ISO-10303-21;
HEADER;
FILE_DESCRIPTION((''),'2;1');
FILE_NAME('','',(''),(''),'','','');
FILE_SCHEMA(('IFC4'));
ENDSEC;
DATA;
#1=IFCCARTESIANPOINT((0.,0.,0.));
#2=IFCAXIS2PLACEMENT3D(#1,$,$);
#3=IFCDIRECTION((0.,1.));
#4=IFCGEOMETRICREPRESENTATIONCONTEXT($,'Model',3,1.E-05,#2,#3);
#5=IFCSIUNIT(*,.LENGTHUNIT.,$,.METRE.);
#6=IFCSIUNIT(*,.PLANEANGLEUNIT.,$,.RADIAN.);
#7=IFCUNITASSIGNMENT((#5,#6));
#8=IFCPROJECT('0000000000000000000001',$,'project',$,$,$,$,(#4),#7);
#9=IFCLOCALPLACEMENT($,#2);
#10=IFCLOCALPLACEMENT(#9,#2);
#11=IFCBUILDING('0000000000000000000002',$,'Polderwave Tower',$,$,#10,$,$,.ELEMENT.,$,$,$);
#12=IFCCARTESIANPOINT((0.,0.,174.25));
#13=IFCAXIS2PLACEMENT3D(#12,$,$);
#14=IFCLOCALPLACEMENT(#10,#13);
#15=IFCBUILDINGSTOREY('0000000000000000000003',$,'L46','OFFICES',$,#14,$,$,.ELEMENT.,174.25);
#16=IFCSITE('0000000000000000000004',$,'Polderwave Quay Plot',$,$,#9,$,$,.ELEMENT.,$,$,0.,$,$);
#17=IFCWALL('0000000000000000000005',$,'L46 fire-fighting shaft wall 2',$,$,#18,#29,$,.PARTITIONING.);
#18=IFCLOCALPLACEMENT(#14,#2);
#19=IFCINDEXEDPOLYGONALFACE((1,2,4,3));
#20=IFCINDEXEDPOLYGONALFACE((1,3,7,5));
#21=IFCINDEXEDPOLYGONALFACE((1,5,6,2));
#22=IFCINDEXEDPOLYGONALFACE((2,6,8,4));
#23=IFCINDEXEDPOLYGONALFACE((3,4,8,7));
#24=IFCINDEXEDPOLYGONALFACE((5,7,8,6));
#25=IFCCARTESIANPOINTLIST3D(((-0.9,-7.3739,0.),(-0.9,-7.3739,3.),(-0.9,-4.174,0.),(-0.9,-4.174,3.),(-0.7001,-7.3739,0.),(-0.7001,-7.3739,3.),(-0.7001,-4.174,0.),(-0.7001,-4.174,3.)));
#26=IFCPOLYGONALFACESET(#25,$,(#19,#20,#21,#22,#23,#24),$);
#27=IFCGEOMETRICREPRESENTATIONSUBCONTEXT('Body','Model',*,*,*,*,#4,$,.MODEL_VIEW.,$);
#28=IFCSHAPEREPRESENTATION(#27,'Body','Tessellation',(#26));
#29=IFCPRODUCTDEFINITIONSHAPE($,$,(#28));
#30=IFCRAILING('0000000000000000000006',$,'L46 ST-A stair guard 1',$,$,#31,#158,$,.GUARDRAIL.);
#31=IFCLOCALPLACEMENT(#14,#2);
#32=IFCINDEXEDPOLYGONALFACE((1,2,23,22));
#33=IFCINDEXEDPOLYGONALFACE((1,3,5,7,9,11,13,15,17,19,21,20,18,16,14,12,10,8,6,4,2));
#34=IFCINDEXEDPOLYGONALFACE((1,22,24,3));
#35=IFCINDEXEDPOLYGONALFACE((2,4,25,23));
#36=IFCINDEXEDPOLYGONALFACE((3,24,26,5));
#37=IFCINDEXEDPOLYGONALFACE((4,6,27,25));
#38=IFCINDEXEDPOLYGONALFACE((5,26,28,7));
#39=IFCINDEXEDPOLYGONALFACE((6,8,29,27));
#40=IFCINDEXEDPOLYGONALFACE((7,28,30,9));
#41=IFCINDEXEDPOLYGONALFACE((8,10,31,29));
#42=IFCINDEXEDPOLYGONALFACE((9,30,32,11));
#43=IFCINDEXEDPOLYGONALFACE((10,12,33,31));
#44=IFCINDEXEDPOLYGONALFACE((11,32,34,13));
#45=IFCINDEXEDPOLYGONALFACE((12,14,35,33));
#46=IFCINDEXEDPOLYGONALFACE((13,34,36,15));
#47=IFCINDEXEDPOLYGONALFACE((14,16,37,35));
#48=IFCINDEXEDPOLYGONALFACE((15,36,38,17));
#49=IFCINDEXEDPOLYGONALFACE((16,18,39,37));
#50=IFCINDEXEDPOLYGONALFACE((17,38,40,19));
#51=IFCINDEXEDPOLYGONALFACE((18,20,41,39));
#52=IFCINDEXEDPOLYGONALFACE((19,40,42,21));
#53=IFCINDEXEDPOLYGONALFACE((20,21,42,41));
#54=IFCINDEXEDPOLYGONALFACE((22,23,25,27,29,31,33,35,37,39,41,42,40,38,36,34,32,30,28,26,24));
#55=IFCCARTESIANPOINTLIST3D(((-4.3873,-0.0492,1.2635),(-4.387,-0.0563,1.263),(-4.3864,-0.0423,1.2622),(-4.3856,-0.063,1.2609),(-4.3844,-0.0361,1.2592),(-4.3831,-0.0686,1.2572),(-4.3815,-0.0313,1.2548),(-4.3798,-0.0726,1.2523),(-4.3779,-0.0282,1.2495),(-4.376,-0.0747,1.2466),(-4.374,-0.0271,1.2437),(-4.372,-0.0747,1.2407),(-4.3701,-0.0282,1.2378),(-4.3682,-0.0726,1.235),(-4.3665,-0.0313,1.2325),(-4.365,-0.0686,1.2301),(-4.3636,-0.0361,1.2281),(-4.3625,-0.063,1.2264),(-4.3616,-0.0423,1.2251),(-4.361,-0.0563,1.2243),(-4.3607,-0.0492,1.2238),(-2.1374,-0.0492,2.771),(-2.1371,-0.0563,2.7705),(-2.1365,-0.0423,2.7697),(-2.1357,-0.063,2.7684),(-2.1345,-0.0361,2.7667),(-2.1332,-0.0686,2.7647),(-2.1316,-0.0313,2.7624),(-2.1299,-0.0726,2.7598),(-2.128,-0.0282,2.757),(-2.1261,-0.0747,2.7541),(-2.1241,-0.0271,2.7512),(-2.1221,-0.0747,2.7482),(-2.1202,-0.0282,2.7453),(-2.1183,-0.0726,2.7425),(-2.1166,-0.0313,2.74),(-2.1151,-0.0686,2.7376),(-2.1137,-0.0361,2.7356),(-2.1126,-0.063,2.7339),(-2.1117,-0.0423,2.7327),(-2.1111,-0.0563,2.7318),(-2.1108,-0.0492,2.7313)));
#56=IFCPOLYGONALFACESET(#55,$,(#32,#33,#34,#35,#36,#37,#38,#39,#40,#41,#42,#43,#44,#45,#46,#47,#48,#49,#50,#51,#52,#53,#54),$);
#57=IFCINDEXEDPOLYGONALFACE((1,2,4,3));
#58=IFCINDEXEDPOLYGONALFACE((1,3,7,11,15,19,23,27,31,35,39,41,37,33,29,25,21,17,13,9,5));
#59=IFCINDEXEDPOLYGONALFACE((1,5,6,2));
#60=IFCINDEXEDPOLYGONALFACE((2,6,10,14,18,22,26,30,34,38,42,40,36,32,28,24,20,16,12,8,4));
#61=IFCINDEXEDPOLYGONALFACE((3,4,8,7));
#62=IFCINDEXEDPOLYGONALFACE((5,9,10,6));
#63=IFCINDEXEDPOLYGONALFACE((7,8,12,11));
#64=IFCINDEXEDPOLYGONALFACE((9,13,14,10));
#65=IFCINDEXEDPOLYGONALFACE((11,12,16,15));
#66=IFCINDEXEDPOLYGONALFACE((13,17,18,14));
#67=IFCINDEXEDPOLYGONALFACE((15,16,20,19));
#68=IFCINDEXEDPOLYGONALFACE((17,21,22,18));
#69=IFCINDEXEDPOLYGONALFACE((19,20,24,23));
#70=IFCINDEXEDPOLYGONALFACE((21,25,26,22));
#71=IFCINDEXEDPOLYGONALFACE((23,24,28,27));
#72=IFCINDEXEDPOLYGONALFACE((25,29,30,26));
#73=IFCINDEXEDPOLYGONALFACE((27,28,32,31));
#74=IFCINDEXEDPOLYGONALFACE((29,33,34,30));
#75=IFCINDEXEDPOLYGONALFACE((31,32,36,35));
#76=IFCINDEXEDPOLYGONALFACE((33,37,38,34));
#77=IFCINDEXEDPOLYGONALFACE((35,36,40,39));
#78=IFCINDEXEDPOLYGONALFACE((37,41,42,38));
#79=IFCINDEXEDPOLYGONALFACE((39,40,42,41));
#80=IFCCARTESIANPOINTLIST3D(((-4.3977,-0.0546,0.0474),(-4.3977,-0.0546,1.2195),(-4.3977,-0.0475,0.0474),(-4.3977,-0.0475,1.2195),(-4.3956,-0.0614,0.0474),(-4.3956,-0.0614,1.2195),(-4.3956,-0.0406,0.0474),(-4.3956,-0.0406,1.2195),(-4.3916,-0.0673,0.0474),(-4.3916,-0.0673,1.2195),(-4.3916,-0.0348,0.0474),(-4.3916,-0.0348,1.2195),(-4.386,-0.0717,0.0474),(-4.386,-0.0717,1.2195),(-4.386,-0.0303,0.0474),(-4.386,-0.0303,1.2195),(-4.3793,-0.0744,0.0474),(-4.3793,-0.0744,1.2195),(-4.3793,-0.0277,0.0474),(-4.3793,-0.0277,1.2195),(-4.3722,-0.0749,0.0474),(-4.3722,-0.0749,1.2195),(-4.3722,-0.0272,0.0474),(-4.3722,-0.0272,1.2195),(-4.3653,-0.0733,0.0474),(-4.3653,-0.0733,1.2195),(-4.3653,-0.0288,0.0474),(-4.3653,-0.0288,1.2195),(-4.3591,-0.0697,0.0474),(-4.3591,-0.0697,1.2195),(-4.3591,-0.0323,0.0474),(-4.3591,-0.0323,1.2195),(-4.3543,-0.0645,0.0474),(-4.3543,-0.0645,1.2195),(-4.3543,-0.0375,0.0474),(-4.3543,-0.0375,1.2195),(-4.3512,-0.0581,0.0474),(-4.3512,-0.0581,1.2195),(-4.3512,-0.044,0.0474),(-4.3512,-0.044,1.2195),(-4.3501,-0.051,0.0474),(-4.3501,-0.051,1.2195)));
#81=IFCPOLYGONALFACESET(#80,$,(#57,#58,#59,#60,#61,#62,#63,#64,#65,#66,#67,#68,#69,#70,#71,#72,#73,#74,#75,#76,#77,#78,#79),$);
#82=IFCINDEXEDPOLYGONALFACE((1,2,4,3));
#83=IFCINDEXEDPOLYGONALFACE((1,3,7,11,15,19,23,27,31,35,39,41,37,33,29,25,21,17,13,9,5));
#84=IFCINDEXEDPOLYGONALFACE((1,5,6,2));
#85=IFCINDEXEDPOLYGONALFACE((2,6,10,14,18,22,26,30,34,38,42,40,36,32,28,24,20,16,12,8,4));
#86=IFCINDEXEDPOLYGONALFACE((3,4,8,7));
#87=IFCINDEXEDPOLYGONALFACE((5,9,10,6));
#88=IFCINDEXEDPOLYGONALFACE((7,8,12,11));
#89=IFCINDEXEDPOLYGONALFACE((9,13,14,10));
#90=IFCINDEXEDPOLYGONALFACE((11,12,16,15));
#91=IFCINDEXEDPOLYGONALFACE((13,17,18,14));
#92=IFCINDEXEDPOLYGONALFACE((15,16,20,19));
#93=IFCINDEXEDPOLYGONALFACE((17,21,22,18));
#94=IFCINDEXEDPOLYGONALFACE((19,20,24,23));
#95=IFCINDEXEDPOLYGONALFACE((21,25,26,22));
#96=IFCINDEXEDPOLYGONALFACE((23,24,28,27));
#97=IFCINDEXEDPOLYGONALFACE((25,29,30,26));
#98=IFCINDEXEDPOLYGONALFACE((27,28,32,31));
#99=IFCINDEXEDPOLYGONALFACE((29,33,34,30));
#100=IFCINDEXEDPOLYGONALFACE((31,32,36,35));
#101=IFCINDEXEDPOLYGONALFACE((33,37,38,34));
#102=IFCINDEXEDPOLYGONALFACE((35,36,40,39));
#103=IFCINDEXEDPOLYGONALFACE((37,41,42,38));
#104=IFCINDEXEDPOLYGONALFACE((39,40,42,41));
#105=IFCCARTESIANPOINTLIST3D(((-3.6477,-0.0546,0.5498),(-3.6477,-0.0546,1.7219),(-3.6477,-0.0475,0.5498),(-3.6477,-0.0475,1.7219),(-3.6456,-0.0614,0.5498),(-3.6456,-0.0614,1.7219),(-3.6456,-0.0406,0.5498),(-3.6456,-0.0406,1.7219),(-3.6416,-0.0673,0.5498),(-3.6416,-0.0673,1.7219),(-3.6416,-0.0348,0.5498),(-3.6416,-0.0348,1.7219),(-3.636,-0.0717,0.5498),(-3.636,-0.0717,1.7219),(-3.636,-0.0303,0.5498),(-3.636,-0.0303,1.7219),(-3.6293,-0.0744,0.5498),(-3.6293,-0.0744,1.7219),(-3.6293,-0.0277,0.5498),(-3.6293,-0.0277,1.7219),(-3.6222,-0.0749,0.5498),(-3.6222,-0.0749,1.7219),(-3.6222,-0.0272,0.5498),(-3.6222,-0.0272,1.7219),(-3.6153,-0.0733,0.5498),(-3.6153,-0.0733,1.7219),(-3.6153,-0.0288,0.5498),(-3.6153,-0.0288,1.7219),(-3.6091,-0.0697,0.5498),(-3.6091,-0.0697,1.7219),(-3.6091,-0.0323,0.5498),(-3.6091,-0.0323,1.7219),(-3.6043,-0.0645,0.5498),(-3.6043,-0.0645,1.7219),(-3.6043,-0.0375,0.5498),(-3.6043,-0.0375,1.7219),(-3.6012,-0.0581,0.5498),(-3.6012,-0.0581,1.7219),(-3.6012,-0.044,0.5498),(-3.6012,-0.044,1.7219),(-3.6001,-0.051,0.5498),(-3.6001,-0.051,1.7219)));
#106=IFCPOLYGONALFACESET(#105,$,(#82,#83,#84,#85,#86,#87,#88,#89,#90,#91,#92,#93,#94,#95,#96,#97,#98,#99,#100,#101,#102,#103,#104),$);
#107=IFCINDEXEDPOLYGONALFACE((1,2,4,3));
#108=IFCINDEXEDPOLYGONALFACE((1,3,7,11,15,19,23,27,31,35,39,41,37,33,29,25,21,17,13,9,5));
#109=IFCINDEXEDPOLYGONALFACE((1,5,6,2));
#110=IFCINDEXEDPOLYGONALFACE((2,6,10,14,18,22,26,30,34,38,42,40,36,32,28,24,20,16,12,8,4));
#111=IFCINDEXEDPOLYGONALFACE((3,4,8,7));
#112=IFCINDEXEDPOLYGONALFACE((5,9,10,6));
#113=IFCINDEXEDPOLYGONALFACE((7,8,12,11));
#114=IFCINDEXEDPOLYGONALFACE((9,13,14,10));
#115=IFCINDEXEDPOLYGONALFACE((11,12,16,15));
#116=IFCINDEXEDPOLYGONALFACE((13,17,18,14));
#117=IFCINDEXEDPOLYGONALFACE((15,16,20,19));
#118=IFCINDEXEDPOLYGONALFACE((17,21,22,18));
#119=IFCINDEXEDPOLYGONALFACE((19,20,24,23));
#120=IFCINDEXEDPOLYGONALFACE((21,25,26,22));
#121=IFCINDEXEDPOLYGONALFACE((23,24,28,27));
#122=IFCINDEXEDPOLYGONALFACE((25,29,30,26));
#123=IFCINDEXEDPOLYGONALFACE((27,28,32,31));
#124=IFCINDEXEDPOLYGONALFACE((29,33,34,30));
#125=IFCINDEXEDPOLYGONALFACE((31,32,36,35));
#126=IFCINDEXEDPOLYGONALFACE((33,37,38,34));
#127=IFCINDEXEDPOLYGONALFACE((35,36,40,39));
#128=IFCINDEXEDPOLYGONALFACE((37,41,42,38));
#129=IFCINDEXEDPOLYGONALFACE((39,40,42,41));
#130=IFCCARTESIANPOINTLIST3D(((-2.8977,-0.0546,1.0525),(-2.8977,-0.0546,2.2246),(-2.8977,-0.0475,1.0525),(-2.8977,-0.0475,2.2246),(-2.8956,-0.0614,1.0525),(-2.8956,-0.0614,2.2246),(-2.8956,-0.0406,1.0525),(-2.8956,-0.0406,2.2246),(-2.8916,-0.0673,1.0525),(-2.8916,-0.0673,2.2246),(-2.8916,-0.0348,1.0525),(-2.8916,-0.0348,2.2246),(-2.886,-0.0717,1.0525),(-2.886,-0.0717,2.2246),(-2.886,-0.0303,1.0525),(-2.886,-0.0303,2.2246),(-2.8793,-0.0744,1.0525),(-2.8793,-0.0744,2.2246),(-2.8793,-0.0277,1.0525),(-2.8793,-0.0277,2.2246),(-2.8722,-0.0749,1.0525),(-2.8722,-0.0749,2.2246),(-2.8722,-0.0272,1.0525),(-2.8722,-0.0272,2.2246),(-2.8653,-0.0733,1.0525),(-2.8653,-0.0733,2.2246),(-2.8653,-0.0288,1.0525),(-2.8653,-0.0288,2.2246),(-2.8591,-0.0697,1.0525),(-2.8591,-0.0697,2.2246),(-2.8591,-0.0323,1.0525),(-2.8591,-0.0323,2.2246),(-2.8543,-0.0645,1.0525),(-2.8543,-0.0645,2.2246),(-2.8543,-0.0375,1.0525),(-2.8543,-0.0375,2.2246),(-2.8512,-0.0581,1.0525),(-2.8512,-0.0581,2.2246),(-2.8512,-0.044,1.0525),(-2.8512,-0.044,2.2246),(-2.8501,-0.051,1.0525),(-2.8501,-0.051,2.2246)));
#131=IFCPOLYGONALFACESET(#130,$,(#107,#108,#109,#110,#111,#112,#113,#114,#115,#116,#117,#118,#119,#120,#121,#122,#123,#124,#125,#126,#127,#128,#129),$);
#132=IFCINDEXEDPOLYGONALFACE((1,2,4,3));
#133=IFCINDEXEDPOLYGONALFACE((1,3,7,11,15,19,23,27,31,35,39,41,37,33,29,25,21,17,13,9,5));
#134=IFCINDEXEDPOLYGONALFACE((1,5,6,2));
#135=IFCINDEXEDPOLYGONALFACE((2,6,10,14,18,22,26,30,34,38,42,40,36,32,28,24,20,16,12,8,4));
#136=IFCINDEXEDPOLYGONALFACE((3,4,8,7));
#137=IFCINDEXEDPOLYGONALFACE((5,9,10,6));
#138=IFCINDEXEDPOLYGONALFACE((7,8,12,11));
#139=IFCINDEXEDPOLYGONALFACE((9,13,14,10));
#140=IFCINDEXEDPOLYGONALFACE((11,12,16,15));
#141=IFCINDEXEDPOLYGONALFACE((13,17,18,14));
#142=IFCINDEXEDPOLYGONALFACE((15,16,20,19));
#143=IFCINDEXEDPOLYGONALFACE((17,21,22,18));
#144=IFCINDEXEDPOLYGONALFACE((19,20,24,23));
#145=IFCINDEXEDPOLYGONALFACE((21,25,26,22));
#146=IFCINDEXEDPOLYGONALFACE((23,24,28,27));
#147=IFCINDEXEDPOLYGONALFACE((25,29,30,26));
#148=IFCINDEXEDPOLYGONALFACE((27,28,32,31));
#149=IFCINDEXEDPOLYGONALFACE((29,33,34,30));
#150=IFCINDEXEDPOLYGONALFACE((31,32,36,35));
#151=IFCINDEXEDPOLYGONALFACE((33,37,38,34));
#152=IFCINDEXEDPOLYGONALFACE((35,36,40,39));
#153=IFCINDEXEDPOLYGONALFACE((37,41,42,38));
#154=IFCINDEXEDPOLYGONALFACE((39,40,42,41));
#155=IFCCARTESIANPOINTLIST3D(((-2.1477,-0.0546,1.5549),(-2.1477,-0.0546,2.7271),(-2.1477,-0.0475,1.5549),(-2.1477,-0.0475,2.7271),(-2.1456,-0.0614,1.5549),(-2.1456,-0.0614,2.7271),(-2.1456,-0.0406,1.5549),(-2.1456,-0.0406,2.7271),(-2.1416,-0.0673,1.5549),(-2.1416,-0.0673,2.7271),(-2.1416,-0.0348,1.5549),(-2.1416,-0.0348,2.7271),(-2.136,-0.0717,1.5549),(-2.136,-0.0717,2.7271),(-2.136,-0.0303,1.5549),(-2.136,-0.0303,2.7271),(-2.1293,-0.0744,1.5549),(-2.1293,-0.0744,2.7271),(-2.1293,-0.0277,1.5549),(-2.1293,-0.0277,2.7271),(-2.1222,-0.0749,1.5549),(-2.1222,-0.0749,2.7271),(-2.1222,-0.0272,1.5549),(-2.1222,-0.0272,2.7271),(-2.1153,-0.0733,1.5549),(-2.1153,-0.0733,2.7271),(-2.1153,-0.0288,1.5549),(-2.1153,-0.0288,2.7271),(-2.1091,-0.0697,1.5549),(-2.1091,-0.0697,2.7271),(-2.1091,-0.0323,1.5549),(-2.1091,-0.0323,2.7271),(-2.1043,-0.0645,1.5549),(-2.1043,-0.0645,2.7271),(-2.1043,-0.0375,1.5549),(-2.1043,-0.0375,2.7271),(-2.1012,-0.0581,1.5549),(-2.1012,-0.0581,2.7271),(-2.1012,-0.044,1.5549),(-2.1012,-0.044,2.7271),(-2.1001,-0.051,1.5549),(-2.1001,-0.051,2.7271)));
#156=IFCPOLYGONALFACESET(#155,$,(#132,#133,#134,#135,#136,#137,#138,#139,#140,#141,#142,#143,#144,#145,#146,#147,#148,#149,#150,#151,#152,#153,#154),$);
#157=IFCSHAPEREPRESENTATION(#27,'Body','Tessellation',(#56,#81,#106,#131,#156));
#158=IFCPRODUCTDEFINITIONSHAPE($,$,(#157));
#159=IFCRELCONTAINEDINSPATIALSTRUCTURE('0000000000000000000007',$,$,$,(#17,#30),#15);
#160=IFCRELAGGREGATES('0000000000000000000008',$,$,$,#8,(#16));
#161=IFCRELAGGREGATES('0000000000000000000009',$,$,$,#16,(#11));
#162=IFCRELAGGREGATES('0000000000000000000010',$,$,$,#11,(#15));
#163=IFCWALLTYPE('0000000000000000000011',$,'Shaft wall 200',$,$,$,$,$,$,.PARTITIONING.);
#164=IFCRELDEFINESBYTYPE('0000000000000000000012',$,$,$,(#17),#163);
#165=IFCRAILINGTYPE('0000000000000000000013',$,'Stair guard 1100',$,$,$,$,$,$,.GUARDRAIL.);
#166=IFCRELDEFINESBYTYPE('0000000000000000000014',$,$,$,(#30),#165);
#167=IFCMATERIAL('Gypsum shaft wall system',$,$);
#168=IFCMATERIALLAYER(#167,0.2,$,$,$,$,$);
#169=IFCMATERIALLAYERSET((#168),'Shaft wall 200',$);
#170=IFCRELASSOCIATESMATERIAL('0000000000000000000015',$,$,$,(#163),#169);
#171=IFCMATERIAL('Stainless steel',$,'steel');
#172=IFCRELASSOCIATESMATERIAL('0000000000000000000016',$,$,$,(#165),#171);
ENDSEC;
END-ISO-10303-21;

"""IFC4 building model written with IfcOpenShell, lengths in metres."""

from ifc_helpers import new_model, si_unit, direction, frame, frame_2d, origin, origin_2d, place, context, subcontext, project, spatial, rectangle, circle, extrude, material, layer, layer_set, type_object, element, save


model = new_model("IFC4")

# Units and contexts
model_context = context("Model", 3, precision=1e-05, world=origin(), true_north=direction((0.0, 1.0)))
body_context = subcontext(model_context, "Body", "Model", "MODEL_VIEW")
ifc_project = project(units=[si_unit("LENGTHUNIT", "METRE"), si_unit("PLANEANGLEUNIT", "RADIAN")], contexts=[model_context])

# Site, building, storey
site_placement = place(None, origin())
site = spatial("IfcSite", under=ifc_project, at=site_placement, Name="Polderwave Quay Plot", CompositionType="ELEMENT", RefElevation=0.0)
building_placement = place(site_placement, origin())
building = spatial("IfcBuilding", under=site, at=building_placement, Name="Polderwave Tower", CompositionType="ELEMENT")
storey_placement = place(building_placement, frame((0.0, 0.0, 174.25)))
storey = spatial("IfcBuildingStorey", under=building, at=storey_placement, Name="L46", Description="OFFICES", CompositionType="ELEMENT", Elevation=174.25)

# Wall
ifc_material_1 = material(Name="Gypsum shaft wall system")
ifc_layer_1 = layer(ifc_material_1, 0.2)
ifc_layer_set_1 = layer_set([ifc_layer_1], Name="Shaft wall 200")
wall_type_1 = type_object("IfcWallType", Name="Shaft wall 200", PredefinedType="PARTITIONING", material=ifc_layer_set_1)
for number, where, z_axis, x_axis, name in (
    (1, (-0.8, -7.374, 0.0), (0.0, 0.0, 1.0), (0.0, 1.0, 0.0), "L46 fire-fighting shaft wall 2"),
):
    element("IfcWall", number, at=place(storey_placement, frame(where, z_axis=z_axis, x_axis=x_axis)), inside=storey, type_object=wall_type_1, Name=name, PredefinedType="PARTITIONING", context=body_context, shape_type="SweptSolid", body=[
        extrude(rectangle(XDim=3.2, YDim=0.2, at=frame_2d((1.6001, 0.0))), origin(), (0.0, 0.0, 1.0), 3.0),
    ])

# Railing
ifc_material_2 = material(Name="Stainless steel", Category="steel")
railing_type = type_object("IfcRailingType", Name="Stair guard 1100", PredefinedType="GUARDRAIL", material=ifc_material_2)
railing_1_placement = place(storey_placement, frame((-4.374, -0.051, 0.0474)))
element("IfcRailing", 2, at=railing_1_placement, inside=storey, type_object=railing_type, Name="L46 ST-A stair guard 1", PredefinedType="GUARDRAIL", context=body_context, shape_type="SweptSolid", body=[
    extrude(circle(Radius=0.0239, at=origin_2d()), frame((0.0, 0.0, 1.1963), z_axis=(0.830758, 0.0, 0.556633), x_axis=(0.0, 1.0, 0.0)), (0.0, 0.0, 1.0), 2.7083),
    extrude(circle(Radius=0.0239, at=origin_2d()), origin(), (0.0, 0.0, 1.0), 1.1721),
    extrude(circle(Radius=0.0239, at=origin_2d()), frame((0.75, 0.0, 0.5024)), (0.0, 0.0, 1.0), 1.1721),
    extrude(circle(Radius=0.0239, at=origin_2d()), frame((1.5, 0.0, 1.0051)), (0.0, 0.0, 1.0), 1.1721),
    extrude(circle(Radius=0.0239, at=origin_2d()), frame((2.25, 0.0, 1.5076)), (0.0, 0.0, 1.0), 1.1721),
])

save(model, "model.ifc")
